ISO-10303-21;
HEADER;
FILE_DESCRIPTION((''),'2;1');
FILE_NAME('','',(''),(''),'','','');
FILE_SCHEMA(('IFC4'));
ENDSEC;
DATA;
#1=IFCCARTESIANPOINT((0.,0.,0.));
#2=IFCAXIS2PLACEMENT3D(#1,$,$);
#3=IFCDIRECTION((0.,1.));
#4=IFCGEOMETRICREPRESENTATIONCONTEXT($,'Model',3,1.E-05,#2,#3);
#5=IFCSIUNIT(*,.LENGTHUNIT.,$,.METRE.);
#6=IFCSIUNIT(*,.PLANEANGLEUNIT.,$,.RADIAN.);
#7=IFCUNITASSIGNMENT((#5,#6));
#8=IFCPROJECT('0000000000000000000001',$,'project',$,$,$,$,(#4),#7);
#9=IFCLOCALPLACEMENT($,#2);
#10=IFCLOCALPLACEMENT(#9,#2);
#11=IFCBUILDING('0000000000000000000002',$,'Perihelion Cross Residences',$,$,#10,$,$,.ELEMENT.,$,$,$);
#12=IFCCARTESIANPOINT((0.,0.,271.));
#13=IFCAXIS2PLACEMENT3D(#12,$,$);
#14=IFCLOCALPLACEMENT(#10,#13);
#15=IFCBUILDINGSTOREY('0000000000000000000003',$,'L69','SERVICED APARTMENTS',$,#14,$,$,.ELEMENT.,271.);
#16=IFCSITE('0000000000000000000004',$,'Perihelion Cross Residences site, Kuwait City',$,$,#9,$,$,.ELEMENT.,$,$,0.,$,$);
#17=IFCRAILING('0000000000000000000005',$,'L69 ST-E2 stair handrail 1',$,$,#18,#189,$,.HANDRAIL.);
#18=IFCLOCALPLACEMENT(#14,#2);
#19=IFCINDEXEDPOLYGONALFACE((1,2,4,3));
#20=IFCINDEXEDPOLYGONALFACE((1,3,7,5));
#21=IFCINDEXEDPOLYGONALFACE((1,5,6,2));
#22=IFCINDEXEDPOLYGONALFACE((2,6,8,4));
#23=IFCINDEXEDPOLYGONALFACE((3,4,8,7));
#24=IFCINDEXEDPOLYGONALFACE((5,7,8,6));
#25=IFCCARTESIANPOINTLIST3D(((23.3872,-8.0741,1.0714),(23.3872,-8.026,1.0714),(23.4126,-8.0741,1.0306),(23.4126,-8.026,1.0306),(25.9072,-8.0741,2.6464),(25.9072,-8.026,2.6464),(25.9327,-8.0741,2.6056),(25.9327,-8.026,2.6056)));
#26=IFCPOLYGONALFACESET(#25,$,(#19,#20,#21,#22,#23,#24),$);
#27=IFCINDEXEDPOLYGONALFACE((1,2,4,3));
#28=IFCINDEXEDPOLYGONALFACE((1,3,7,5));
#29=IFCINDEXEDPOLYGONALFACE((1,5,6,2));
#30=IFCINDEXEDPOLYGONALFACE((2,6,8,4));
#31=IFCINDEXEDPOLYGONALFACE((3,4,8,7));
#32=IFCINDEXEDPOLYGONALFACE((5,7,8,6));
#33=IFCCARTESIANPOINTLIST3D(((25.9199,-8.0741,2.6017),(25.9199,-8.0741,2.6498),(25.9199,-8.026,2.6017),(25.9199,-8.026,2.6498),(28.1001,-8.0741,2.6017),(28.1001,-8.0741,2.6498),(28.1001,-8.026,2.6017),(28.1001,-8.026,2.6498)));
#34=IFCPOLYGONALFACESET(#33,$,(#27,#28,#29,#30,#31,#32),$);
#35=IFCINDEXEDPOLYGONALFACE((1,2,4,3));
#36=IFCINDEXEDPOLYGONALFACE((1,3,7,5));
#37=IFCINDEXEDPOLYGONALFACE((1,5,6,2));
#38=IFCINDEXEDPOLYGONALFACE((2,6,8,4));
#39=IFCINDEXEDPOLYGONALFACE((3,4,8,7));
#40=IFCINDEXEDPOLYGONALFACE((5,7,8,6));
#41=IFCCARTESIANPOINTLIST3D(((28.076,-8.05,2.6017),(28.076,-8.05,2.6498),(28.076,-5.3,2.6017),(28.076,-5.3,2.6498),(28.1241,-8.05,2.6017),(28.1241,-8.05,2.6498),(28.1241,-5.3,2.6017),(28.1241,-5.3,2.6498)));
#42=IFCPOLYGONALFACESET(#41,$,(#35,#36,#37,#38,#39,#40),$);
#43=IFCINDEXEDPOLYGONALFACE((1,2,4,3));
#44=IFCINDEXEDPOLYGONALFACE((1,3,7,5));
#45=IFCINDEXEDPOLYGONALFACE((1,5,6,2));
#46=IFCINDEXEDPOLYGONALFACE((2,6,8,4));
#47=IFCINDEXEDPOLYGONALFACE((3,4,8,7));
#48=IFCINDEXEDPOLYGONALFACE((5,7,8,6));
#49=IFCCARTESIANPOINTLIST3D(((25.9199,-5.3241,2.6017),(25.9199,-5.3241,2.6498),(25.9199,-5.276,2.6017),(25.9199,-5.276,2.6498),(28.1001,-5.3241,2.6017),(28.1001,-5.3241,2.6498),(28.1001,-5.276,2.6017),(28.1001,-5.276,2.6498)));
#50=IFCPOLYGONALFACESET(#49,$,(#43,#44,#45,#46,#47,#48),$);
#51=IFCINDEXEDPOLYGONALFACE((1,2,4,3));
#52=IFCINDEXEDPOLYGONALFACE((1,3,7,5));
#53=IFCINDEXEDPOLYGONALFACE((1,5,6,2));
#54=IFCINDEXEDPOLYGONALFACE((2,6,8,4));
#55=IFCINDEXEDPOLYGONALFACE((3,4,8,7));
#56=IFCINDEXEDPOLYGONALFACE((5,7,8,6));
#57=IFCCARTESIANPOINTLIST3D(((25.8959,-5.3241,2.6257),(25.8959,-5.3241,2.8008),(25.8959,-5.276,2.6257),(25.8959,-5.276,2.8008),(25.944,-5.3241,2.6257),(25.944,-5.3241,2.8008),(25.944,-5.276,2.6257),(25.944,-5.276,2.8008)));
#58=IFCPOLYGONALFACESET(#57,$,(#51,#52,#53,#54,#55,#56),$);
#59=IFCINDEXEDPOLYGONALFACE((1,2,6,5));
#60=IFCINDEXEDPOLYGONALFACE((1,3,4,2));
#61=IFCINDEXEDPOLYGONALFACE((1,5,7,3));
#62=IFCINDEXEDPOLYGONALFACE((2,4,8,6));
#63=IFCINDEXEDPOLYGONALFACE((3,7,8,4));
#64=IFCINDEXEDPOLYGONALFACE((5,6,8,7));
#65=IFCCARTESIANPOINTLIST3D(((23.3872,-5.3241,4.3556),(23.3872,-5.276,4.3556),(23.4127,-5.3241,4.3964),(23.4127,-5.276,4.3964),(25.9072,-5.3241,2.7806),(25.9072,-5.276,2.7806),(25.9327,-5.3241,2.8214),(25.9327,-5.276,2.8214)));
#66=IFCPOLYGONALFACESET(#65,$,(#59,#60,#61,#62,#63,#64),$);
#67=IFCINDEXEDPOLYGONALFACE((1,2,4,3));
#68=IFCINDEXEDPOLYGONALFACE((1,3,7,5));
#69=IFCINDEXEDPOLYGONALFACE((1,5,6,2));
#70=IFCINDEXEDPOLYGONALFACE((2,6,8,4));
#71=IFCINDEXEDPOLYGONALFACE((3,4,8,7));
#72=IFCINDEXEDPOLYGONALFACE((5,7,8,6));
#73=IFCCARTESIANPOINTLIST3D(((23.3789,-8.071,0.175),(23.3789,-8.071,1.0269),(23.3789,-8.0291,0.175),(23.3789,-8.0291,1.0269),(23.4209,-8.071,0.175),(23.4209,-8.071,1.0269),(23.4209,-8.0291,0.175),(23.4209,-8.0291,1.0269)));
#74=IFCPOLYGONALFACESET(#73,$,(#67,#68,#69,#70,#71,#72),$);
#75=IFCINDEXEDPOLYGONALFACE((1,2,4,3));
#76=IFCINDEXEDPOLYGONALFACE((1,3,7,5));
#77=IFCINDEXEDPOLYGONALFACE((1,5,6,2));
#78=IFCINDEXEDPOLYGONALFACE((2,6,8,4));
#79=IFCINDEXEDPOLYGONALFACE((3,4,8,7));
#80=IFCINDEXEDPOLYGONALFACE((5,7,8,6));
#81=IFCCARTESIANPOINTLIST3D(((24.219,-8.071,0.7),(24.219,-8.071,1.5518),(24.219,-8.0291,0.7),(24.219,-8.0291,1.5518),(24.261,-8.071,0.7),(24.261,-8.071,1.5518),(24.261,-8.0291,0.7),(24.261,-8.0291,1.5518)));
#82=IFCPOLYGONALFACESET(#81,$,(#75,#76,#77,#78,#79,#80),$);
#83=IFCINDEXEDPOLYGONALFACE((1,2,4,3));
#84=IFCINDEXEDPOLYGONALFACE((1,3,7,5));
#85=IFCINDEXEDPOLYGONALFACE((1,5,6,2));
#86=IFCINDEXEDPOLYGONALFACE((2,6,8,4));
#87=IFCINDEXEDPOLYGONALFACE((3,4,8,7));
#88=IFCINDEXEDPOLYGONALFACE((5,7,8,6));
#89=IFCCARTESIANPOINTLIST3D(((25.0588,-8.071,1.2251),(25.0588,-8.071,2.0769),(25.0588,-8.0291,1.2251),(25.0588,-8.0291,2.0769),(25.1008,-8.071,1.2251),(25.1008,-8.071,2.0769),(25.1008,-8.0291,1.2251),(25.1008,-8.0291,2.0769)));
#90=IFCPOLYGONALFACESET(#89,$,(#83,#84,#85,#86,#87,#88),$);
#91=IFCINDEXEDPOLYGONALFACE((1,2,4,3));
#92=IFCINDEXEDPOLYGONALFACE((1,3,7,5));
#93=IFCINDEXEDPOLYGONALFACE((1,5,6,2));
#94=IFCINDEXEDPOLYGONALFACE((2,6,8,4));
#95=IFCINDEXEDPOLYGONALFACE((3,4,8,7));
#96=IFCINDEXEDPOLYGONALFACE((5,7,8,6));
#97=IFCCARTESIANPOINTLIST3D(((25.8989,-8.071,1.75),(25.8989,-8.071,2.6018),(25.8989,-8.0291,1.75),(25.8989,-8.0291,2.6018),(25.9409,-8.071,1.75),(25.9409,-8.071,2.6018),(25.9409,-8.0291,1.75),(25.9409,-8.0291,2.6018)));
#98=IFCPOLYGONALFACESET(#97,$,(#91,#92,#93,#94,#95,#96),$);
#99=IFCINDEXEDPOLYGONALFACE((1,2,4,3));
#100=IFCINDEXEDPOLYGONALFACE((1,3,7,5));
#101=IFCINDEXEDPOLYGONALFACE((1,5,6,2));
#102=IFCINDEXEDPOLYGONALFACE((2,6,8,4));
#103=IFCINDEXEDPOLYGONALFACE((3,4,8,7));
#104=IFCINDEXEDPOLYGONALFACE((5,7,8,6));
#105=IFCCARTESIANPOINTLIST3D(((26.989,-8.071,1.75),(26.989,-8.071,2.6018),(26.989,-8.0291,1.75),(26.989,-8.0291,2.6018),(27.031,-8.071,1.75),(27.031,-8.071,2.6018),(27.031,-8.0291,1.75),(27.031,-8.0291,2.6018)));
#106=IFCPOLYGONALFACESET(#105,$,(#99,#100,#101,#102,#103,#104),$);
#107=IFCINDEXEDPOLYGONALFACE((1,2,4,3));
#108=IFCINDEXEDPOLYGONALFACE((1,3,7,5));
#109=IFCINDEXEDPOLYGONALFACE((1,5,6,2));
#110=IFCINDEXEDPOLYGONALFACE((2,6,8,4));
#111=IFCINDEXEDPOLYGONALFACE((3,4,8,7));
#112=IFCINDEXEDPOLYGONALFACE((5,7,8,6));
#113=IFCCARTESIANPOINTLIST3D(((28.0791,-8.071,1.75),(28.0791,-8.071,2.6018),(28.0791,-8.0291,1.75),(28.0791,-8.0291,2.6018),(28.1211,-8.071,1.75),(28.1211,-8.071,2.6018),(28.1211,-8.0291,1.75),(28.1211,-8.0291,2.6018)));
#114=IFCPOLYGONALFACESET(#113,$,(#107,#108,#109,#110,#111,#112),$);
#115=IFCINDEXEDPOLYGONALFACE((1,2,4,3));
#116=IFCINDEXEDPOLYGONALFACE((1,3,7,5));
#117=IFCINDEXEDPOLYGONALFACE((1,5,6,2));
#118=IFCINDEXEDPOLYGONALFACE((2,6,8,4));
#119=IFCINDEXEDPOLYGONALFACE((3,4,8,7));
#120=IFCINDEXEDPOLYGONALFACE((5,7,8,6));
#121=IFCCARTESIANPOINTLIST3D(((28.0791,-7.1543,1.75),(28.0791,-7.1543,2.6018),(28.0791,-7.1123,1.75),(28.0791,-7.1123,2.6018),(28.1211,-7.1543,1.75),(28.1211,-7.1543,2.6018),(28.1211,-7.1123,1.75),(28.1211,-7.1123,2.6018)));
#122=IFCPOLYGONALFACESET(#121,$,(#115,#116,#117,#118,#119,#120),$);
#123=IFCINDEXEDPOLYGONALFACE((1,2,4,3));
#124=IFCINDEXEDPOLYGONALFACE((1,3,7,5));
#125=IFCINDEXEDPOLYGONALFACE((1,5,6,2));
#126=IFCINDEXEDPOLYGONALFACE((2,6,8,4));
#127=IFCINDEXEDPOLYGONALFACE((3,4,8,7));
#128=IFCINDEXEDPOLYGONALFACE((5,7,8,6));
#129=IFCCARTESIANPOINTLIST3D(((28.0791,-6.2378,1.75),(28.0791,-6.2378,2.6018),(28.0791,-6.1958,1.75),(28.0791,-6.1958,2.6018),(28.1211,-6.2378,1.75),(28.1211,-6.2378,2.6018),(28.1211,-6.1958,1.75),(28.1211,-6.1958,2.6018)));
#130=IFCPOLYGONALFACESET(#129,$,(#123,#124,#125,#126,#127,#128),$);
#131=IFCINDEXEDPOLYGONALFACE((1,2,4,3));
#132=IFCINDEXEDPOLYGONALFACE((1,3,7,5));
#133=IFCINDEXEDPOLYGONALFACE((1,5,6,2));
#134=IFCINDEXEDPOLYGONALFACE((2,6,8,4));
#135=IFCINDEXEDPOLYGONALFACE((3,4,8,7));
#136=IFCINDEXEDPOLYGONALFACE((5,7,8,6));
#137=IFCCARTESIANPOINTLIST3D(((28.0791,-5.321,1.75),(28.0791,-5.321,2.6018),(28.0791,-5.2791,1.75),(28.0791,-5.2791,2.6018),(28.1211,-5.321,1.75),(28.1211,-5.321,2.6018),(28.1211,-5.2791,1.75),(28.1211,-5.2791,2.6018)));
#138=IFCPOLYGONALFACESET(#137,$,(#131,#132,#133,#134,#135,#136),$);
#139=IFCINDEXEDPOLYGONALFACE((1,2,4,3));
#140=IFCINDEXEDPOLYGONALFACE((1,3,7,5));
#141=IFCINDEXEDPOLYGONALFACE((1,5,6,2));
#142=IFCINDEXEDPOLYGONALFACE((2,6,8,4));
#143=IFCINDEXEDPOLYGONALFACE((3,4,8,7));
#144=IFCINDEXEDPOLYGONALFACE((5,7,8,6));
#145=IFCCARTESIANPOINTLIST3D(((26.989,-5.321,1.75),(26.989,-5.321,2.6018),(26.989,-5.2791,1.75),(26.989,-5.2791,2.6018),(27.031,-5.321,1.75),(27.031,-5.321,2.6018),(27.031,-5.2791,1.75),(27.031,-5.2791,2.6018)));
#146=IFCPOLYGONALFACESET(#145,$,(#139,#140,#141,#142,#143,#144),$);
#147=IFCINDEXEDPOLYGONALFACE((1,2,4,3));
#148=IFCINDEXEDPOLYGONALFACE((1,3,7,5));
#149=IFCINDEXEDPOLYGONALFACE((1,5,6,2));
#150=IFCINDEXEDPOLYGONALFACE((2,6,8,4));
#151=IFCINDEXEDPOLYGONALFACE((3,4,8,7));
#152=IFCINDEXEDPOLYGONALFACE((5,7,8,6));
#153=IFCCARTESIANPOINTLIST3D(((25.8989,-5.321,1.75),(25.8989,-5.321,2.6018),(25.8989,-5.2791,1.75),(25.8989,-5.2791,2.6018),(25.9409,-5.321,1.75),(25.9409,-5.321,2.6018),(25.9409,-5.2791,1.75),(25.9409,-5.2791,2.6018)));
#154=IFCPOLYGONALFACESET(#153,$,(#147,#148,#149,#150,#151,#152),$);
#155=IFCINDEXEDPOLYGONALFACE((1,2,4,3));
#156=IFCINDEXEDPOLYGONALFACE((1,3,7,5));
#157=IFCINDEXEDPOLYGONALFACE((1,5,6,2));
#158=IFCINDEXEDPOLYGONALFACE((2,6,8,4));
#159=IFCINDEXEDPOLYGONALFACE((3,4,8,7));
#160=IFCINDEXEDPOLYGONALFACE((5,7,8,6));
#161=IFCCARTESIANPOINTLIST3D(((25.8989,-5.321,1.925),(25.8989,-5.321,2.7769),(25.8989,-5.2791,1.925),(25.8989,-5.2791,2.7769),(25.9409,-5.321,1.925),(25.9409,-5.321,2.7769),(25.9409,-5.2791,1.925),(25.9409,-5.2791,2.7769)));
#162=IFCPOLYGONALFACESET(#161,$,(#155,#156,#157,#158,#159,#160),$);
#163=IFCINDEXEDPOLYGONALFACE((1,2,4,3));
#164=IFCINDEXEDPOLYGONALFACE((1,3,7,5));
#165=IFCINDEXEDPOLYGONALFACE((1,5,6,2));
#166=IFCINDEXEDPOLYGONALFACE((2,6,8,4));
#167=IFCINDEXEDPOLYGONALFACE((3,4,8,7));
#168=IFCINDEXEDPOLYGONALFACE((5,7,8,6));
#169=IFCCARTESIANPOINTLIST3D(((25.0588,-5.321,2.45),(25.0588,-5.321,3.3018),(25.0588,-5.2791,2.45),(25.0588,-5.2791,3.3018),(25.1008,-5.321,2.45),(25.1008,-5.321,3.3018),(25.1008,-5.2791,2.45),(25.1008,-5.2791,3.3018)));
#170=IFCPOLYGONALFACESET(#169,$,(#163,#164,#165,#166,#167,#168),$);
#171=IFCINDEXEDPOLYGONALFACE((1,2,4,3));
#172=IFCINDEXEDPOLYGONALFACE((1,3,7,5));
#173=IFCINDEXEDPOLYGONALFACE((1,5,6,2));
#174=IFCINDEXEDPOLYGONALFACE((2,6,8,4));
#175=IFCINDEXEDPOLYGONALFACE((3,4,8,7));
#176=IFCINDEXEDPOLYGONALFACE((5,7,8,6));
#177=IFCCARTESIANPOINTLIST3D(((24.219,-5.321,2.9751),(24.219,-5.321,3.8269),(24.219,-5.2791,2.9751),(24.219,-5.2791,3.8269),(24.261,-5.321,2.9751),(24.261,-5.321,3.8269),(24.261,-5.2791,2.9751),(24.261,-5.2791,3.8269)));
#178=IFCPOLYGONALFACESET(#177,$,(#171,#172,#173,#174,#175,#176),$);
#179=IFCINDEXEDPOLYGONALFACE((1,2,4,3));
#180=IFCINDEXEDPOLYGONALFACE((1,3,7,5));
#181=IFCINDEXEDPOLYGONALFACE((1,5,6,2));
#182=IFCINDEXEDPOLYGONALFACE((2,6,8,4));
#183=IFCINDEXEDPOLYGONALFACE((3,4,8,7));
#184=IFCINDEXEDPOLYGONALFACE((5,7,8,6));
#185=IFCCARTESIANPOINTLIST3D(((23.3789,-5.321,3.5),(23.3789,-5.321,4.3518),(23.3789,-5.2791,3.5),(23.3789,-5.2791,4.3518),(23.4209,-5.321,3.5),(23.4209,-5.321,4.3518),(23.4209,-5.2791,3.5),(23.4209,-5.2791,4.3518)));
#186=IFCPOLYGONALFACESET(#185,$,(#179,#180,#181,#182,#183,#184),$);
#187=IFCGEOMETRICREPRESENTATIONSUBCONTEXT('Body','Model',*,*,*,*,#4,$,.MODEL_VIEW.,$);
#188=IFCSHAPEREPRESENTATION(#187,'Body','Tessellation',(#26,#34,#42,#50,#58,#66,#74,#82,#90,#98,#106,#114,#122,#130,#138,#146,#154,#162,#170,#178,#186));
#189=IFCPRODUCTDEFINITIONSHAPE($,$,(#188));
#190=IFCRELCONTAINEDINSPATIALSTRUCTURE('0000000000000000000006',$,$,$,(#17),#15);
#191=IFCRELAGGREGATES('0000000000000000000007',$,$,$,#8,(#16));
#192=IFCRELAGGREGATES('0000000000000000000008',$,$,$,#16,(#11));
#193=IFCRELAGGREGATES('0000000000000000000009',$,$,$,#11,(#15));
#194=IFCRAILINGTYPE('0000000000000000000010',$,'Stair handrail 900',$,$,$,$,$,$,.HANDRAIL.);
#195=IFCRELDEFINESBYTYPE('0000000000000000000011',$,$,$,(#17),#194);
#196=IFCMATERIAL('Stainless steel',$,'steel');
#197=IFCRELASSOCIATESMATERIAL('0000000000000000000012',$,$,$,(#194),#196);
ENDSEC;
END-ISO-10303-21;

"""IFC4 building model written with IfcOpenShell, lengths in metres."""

from ifc_helpers import new_model, si_unit, direction, frame, origin, origin_2d, place, context, subcontext, project, spatial, rectangle, extrude, material, type_object, element, save


model = new_model("IFC4")

# Units and contexts
model_context = context("Model", 3, precision=1e-05, world=origin(), true_north=direction((0.0, 1.0)))
body_context = subcontext(model_context, "Body", "Model", "MODEL_VIEW")
ifc_project = project(units=[si_unit("LENGTHUNIT", "METRE"), si_unit("PLANEANGLEUNIT", "RADIAN")], contexts=[model_context])

# Site, building, storey
site_placement = place(None, origin())
site = spatial("IfcSite", under=ifc_project, at=site_placement, Name="Perihelion Cross Residences site, Kuwait City", CompositionType="ELEMENT", RefElevation=0.0)
building_placement = place(site_placement, origin())
building = spatial("IfcBuilding", under=site, at=building_placement, Name="Perihelion Cross Residences", CompositionType="ELEMENT")
storey_placement = place(building_placement, frame((0.0, 0.0, 271.0)))
storey = spatial("IfcBuildingStorey", under=building, at=storey_placement, Name="L69", Description="SERVICED APARTMENTS", CompositionType="ELEMENT", Elevation=271.0)

# Railing
ifc_material_1 = material(Name="Stainless steel", Category="steel")
railing_type_1 = type_object("IfcRailingType", Name="Stair handrail 900", PredefinedType="HANDRAIL", material=ifc_material_1)
railing_1_placement = place(storey_placement, frame((23.3999, -8.05, 0.175)))
element("IfcRailing", 1, at=railing_1_placement, inside=storey, type_object=railing_type_1, Name="L69 ST-E2 stair handrail 1", PredefinedType="HANDRAIL", context=body_context, shape_type="SweptSolid", body=[
    extrude(rectangle(XDim=0.0481, YDim=0.0481, at=origin_2d()), frame((0.0, 0.0, 0.876), z_axis=(0.848008, 0.0, 0.529984), x_axis=(0.0, 1.0, 0.0)), (0.0, 0.0, 1.0), 2.9717),
    extrude(rectangle(XDim=0.0481, YDim=0.0481, at=origin_2d()), frame((2.52, 0.0, 2.4507), z_axis=(1.0, 0.0, 0.0), x_axis=(0.0, 1.0, 0.0)), (0.0, 0.0, 1.0), 2.1802),
    extrude(rectangle(XDim=0.0481, YDim=0.0481, at=origin_2d()), frame((4.7002, 0.0, 2.4507), z_axis=(0.0, 1.0, 0.0), x_axis=(-1.0, 0.0, 0.0)), (0.0, 0.0, 1.0), 2.75),
    extrude(rectangle(XDim=0.0481, YDim=0.0481, at=origin_2d()), frame((4.7002, 2.75, 2.4507), z_axis=(-1.0, 0.0, 0.0), x_axis=(0.0, -1.0, 0.0)), (0.0, 0.0, 1.0), 2.1802),
    extrude(rectangle(XDim=0.0481, YDim=0.0481, at=origin_2d()), frame((2.52, 2.75, 2.4507), z_axis=(0.0, 0.0, 1.0), x_axis=(1.0, 0.0, 0.0)), (0.0, 0.0, 1.0), 0.175),
    extrude(rectangle(XDim=0.0481, YDim=0.0481, at=origin_2d()), frame((2.52, 2.75, 2.626), z_axis=(-0.848008, 0.0, 0.529984), x_axis=(0.0, -1.0, 0.0)), (0.0, 0.0, 1.0), 2.9717),
    extrude(rectangle(XDim=0.042, YDim=0.042, at=origin_2d()), origin(), (0.0, 0.0, 1.0), 0.8518),
    extrude(rectangle(XDim=0.042, YDim=0.042, at=origin_2d()), frame((0.8401, 0.0, 0.5249)), (0.0, 0.0, 1.0), 0.8518),
    extrude(rectangle(XDim=0.042, YDim=0.042, at=origin_2d()), frame((1.6799, 0.0, 1.05)), (0.0, 0.0, 1.0), 0.8518),
    extrude(rectangle(XDim=0.042, YDim=0.042, at=origin_2d()), frame((2.52, 0.0, 1.575)), (0.0, 0.0, 1.0), 0.8518),
    extrude(rectangle(XDim=0.042, YDim=0.042, at=origin_2d()), frame((3.6101, 0.0, 1.575)), (0.0, 0.0, 1.0), 0.8518),
    extrude(rectangle(XDim=0.042, YDim=0.042, at=origin_2d()), frame((4.7002, 0.0, 1.575)), (0.0, 0.0, 1.0), 0.8518),
    extrude(rectangle(XDim=0.042, YDim=0.042, at=origin_2d()), frame((4.7002, 0.9167, 1.575)), (0.0, 0.0, 1.0), 0.8518),
    extrude(rectangle(XDim=0.042, YDim=0.042, at=origin_2d()), frame((4.7002, 1.8333, 1.575)), (0.0, 0.0, 1.0), 0.8518),
    extrude(rectangle(XDim=0.042, YDim=0.042, at=origin_2d()), frame((4.7002, 2.75, 1.575)), (0.0, 0.0, 1.0), 0.8518),
    extrude(rectangle(XDim=0.042, YDim=0.042, at=origin_2d()), frame((3.6101, 2.75, 1.575)), (0.0, 0.0, 1.0), 0.8518),
    extrude(rectangle(XDim=0.042, YDim=0.042, at=origin_2d()), frame((2.52, 2.75, 1.575)), (0.0, 0.0, 1.0), 0.8518),
    extrude(rectangle(XDim=0.042, YDim=0.042, at=origin_2d()), frame((2.52, 2.75, 1.75)), (0.0, 0.0, 1.0), 0.8518),
    extrude(rectangle(XDim=0.042, YDim=0.042, at=origin_2d()), frame((1.6799, 2.75, 2.2749)), (0.0, 0.0, 1.0), 0.8518),
    extrude(rectangle(XDim=0.042, YDim=0.042, at=origin_2d()), frame((0.8401, 2.75, 2.8)), (0.0, 0.0, 1.0), 0.8518),
    extrude(rectangle(XDim=0.042, YDim=0.042, at=origin_2d()), frame((0.0, 2.75, 3.325)), (0.0, 0.0, 1.0), 0.8518),
])

save(model, "model.ifc")
